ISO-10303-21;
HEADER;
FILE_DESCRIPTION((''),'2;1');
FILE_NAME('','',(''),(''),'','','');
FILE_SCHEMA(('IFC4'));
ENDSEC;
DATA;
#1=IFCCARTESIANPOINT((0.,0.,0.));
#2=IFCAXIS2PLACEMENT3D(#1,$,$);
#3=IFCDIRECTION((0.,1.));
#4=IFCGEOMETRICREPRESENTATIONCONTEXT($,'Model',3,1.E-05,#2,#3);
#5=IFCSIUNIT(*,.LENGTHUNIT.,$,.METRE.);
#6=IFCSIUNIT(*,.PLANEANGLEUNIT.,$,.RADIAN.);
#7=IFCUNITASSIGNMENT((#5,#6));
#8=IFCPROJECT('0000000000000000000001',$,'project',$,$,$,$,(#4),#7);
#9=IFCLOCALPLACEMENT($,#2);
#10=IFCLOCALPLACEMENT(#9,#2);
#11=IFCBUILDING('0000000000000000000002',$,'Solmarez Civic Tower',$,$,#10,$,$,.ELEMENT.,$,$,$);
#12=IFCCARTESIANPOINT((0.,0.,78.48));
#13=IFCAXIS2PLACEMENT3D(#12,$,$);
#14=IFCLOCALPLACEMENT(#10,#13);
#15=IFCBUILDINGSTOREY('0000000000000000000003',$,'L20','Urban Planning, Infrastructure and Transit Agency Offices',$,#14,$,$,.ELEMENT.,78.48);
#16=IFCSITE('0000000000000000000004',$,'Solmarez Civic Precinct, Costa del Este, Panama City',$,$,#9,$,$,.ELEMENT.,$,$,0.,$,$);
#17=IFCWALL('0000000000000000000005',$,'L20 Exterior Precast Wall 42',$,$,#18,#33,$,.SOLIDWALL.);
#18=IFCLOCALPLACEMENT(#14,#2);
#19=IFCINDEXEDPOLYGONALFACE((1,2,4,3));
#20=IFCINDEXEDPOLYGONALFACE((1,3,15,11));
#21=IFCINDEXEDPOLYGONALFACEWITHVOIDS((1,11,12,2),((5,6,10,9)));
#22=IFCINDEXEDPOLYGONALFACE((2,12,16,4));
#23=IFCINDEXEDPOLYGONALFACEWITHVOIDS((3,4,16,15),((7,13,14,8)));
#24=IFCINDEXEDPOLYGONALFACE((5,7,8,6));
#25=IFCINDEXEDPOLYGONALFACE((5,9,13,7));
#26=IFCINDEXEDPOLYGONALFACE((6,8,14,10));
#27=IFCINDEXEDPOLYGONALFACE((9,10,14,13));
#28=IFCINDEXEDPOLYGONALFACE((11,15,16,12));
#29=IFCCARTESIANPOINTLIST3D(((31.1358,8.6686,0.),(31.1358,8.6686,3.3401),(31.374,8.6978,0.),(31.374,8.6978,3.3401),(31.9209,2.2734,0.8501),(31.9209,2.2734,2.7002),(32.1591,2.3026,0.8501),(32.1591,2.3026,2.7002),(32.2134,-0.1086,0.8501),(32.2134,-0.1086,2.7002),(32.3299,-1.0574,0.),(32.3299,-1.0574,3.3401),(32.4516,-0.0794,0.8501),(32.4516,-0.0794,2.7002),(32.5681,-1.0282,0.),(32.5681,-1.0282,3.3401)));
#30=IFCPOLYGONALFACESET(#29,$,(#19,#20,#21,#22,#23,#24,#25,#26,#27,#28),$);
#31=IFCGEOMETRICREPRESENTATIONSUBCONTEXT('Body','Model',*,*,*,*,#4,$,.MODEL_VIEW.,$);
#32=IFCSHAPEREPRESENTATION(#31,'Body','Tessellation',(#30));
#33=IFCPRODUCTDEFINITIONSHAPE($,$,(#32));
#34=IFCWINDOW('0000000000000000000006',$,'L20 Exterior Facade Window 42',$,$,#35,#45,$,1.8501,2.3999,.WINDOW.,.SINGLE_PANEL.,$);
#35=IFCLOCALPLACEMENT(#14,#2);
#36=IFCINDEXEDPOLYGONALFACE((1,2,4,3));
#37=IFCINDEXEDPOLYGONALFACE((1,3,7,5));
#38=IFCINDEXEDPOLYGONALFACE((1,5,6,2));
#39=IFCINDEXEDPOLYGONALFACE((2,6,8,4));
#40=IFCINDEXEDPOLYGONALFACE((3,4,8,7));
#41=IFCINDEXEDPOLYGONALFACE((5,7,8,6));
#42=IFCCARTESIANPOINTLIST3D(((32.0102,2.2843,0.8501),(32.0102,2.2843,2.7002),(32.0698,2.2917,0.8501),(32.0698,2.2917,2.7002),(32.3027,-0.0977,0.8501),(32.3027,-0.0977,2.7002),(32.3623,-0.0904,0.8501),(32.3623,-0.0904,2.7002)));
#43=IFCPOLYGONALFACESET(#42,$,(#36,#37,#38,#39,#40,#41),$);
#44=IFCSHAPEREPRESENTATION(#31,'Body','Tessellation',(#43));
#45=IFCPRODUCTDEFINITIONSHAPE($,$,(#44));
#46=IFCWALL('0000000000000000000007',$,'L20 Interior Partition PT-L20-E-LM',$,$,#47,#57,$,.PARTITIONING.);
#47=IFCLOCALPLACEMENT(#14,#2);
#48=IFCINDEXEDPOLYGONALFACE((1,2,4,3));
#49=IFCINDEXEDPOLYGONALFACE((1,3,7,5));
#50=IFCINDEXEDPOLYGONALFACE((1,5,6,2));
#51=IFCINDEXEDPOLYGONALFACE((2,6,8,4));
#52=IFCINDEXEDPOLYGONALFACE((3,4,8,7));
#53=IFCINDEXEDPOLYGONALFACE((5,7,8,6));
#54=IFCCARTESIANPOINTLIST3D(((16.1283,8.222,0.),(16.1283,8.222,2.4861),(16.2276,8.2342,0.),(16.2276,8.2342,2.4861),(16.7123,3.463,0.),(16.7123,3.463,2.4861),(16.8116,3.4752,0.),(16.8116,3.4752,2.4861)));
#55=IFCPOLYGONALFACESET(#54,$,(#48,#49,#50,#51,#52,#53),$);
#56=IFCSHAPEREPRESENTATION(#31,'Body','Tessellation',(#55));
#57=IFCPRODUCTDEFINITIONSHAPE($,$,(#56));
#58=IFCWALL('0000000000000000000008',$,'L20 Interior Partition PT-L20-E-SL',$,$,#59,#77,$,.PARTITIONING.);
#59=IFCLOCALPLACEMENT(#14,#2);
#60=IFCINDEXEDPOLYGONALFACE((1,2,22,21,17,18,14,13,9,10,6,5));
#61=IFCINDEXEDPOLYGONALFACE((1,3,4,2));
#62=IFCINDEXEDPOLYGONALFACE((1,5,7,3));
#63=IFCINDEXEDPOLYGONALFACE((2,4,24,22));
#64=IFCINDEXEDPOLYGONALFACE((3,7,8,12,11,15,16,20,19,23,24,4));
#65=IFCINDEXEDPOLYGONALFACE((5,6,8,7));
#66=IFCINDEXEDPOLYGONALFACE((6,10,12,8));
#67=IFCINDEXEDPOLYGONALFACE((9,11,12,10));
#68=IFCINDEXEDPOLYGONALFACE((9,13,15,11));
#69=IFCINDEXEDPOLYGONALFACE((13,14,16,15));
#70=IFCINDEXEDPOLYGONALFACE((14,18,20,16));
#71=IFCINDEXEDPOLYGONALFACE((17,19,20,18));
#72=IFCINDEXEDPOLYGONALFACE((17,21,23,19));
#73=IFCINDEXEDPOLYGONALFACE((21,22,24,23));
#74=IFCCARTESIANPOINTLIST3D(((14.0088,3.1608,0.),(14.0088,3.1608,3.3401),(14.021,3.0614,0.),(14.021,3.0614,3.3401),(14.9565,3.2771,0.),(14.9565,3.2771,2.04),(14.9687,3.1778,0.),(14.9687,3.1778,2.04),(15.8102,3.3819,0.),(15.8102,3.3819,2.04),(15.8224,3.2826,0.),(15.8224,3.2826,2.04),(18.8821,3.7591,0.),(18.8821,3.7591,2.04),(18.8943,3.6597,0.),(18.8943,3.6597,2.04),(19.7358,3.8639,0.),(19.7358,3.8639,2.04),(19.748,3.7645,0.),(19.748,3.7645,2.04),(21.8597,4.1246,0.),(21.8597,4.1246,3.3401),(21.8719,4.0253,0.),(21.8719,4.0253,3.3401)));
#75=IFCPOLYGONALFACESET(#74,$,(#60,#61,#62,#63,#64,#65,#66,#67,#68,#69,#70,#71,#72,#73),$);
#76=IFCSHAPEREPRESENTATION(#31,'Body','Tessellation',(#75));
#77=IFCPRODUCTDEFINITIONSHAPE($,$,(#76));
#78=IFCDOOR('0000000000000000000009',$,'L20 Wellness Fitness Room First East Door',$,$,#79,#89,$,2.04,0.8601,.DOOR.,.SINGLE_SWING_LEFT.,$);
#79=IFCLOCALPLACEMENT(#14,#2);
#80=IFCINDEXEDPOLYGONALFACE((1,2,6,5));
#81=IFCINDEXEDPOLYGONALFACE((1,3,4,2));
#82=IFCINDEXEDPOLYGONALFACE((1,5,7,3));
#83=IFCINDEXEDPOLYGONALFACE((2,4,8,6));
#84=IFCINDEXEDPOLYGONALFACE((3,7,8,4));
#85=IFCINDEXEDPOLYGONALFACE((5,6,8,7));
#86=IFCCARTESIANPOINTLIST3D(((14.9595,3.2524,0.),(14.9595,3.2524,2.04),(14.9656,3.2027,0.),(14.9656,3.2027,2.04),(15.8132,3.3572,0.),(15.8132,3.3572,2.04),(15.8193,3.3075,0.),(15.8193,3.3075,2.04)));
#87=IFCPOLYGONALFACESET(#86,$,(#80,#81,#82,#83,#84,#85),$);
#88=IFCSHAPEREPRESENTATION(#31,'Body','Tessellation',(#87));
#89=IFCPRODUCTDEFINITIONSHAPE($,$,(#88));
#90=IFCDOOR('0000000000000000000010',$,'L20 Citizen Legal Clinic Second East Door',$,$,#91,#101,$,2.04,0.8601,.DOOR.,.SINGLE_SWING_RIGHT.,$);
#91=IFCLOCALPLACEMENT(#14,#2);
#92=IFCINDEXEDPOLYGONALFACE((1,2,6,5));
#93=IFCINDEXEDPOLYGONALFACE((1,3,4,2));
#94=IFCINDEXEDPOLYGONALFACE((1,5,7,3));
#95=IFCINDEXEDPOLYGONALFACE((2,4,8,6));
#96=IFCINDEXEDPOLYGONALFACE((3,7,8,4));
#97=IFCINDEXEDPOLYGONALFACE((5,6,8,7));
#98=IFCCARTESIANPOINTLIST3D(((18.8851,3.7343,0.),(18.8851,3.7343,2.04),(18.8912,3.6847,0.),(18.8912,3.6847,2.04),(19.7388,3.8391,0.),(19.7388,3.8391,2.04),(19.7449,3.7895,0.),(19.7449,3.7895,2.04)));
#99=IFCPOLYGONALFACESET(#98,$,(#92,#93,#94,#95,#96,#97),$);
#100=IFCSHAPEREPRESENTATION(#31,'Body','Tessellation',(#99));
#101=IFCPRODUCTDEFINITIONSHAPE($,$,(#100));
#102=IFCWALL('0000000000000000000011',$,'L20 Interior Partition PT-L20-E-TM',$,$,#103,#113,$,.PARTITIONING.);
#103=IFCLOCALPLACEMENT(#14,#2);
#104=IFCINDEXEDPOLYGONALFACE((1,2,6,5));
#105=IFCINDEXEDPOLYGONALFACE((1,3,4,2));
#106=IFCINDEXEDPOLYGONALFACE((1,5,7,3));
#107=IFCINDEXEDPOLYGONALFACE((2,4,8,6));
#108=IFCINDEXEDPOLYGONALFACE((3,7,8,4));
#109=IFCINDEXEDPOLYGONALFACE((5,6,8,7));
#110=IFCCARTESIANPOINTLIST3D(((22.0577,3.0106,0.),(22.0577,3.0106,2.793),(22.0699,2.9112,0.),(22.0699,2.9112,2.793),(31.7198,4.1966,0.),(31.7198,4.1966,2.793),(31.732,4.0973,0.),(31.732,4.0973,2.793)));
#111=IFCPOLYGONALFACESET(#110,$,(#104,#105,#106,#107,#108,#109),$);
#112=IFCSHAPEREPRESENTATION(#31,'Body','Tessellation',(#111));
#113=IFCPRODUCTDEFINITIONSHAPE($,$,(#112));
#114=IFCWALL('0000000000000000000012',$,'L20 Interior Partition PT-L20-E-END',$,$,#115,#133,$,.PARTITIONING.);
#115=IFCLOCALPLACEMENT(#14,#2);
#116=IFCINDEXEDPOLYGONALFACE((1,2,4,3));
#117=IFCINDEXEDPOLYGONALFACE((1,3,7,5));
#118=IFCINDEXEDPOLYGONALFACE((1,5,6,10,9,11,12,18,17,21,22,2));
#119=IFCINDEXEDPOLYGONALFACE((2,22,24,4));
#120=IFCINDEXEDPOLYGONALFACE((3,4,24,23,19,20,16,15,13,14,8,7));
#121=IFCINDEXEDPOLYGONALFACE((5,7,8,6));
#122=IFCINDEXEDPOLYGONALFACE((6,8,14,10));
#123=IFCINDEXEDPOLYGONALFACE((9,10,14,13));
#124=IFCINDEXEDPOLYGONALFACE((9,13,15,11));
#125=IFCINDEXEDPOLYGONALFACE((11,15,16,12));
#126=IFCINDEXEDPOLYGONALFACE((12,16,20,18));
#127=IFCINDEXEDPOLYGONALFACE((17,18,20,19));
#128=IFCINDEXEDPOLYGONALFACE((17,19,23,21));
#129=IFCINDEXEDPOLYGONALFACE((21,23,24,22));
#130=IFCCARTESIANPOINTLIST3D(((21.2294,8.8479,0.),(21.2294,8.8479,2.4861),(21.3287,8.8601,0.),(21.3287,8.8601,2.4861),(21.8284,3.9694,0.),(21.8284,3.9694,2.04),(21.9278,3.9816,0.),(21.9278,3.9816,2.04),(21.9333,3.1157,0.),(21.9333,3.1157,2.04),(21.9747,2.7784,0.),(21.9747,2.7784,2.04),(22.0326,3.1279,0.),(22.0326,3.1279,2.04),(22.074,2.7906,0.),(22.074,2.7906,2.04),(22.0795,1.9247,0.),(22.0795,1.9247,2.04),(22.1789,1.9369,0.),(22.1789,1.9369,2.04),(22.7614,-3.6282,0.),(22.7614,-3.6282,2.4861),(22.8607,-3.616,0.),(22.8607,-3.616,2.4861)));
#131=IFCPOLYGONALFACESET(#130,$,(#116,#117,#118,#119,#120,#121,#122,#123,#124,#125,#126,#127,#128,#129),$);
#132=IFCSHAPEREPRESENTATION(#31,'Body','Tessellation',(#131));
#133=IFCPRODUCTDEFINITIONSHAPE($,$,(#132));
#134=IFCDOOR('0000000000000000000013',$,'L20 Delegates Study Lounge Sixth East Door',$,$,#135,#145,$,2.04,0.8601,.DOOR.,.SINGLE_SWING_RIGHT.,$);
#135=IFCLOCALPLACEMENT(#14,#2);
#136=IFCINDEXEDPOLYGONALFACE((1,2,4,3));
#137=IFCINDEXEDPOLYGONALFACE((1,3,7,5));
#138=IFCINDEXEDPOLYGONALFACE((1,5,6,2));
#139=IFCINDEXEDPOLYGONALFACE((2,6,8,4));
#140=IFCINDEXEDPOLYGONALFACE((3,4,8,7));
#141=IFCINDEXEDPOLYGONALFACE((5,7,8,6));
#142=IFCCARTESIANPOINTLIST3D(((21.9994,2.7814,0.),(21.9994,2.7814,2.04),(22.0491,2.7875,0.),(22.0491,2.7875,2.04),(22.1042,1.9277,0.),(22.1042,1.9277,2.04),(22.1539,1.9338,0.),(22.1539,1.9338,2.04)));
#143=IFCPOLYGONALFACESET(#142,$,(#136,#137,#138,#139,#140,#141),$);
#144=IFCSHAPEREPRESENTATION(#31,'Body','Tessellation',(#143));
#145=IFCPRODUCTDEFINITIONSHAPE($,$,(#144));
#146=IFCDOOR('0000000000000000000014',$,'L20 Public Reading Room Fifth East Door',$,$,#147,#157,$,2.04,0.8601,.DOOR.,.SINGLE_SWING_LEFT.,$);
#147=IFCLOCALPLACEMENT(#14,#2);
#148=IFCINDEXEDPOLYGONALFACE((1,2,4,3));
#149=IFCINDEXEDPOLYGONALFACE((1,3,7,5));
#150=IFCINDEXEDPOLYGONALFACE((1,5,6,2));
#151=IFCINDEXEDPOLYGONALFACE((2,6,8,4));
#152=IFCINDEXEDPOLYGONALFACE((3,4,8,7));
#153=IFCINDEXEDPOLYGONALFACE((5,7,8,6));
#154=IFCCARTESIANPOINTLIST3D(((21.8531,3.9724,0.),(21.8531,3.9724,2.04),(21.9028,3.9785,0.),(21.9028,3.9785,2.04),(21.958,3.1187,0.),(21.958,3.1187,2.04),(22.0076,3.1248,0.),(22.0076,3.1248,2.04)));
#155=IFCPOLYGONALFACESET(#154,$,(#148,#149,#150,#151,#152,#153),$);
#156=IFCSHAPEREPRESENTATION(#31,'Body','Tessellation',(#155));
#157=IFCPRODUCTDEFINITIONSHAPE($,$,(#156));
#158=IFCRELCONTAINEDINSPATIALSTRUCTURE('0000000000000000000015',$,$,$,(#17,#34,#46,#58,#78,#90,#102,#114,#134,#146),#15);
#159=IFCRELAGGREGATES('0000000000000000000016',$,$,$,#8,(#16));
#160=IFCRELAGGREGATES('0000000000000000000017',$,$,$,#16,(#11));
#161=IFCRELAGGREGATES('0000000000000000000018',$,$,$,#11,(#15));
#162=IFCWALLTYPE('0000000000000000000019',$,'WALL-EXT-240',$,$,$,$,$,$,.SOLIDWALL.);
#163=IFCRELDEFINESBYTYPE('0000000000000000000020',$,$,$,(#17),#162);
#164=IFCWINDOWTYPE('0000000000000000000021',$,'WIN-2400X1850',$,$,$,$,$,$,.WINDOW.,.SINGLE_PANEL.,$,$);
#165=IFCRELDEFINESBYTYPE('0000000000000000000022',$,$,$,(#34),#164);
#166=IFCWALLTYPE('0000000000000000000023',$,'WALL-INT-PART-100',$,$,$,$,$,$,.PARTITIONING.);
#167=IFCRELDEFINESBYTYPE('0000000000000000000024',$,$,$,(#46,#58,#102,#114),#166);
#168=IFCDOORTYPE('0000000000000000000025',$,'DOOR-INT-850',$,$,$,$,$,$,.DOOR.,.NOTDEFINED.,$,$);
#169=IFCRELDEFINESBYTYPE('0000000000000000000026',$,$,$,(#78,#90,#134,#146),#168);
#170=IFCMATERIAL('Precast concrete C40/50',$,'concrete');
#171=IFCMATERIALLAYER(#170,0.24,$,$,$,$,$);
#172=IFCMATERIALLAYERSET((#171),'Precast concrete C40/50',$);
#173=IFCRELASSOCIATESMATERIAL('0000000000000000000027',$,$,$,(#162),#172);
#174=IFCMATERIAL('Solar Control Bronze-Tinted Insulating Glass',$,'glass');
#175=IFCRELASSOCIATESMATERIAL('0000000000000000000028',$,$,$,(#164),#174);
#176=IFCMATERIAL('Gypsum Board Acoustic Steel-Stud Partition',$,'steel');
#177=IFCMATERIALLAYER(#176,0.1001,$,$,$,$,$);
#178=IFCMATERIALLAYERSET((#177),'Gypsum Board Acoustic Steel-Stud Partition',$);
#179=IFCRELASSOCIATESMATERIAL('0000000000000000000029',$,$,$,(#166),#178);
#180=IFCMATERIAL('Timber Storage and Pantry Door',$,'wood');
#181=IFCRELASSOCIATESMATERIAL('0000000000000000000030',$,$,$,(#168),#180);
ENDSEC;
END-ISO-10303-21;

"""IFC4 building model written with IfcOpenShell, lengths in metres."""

from ifc_helpers import new_model, si_unit, direction, frame, frame_2d, origin, place, context, subcontext, project, spatial, rectangle, extrude, material, layer, layer_set, type_object, element, fill, save


model = new_model("IFC4")

# Units and contexts
model_context = context("Model", 3, precision=1e-05, world=origin(), true_north=direction((0.0, 1.0)))
body_context = subcontext(model_context, "Body", "Model", "MODEL_VIEW")
ifc_project = project(units=[si_unit("LENGTHUNIT", "METRE"), si_unit("PLANEANGLEUNIT", "RADIAN")], contexts=[model_context])

# Site, building, storey
site_placement = place(None, origin())
site = spatial("IfcSite", under=ifc_project, at=site_placement, Name="Solmarez Civic Precinct, Costa del Este, Panama City", CompositionType="ELEMENT", RefElevation=0.0)
building_placement = place(site_placement, origin())
building = spatial("IfcBuilding", under=site, at=building_placement, Name="Solmarez Civic Tower", CompositionType="ELEMENT")
storey_placement = place(building_placement, frame((0.0, 0.0, 78.48)))
storey = spatial("IfcBuildingStorey", under=building, at=storey_placement, Name="L20", Description="Urban Planning, Infrastructure and Transit Agency Offices", CompositionType="ELEMENT", Elevation=78.48)

# Shared definitions
ifc_material_1 = material(Name="Precast concrete C40/50", Category="concrete")
ifc_layer_1 = layer(ifc_material_1, 0.24)
ifc_layer_set_1 = layer_set([ifc_layer_1], Name="Precast concrete C40/50")
wall_type_1 = type_object("IfcWallType", Name="WALL-EXT-240", PredefinedType="SOLIDWALL", material=ifc_layer_set_1)

# Wall, opening, window
wall_1_placement = place(storey_placement, frame((31.2549, 8.6831, 0.0), z_axis=(0.0, 0.0, 1.0), x_axis=(0.121857, -0.992548, 0.0)))
wall_1 = element("IfcWall", 1, at=wall_1_placement, inside=storey, type_object=wall_type_1, Name="L20 Exterior Precast Wall 42", PredefinedType="SOLIDWALL", context=body_context, shape_type="SweptSolid", body=[
    extrude(rectangle(XDim=9.7991, YDim=0.24, at=frame_2d((4.8994, 0.0))), origin(), (0.0, 0.0, 1.0), 3.3401),
])
opening_1_placement = place(wall_1_placement, frame((6.4431, 0.0, 0.8501)))
opening_1 = element("IfcOpeningElement", 2, at=opening_1_placement, cuts=wall_1, PredefinedType="OPENING", context=body_context, shape_type="SweptSolid", body=[
    extrude(rectangle(XDim=2.3999, YDim=1.8501, at=frame_2d((1.2, 0.925))), frame((0.0, 0.1299, 0.0), z_axis=(0.0, -1.0, 0.0), x_axis=(1.0, 0.0, 0.0)), (0.0, 0.0, 1.0), 0.26),
])
ifc_material_2 = material(Name="Solar Control Bronze-Tinted Insulating Glass", Category="glass")
window_type = type_object("IfcWindowType", Name="WIN-2400X1850", PartitioningType="SINGLE_PANEL", PredefinedType="WINDOW", material=ifc_material_2)
window_placement = place(opening_1_placement, origin())
window = element("IfcWindow", 3, at=window_placement, inside=storey, type_object=window_type, Name="L20 Exterior Facade Window 42", OverallHeight=1.8501, OverallWidth=2.3999, PartitioningType="SINGLE_PANEL", PredefinedType="WINDOW", context=body_context, shape_type="SweptSolid", body=[
    extrude(rectangle(XDim=2.3999, YDim=1.8501, at=frame_2d((1.2, 0.925))), frame((0.0, 0.03, 0.0), z_axis=(0.0, -1.0, 0.0), x_axis=(1.0, 0.0, 0.0)), (0.0, 0.0, 1.0), 0.0601),
])
fill(opening_1, window)

# Wall
ifc_material_3 = material(Name="Gypsum Board Acoustic Steel-Stud Partition", Category="steel")
ifc_layer_2 = layer(ifc_material_3, 0.1001)
ifc_layer_set_2 = layer_set([ifc_layer_2], Name="Gypsum Board Acoustic Steel-Stud Partition")
wall_type_2 = type_object("IfcWallType", Name="WALL-INT-PART-100", PredefinedType="PARTITIONING", material=ifc_layer_set_2)
wall_2_placement = place(storey_placement, frame((16.762, 3.469, 0.0), z_axis=(0.0, 0.0, 1.0), x_axis=(-0.121797, 0.992555, 0.0)))
element("IfcWall", 4, at=wall_2_placement, inside=storey, type_object=wall_type_2, Name="L20 Interior Partition PT-L20-E-LM", PredefinedType="PARTITIONING", context=body_context, shape_type="SweptSolid", body=[
    extrude(rectangle(XDim=4.7947, YDim=0.1001, at=frame_2d((2.3975, 0.0))), origin(), (0.0, 0.0, 1.0), 2.4861),
])

# Wall, openings, doors
wall_3_placement = place(storey_placement, frame((21.866, 4.075, 0.0), z_axis=(0.0, 0.0, 1.0), x_axis=(-0.992548, -0.121854, 0.0)))
wall_3 = element("IfcWall", 5, at=wall_3_placement, inside=storey, type_object=wall_type_2, Name="L20 Interior Partition PT-L20-E-SL", PredefinedType="PARTITIONING", context=body_context, shape_type="SweptSolid", body=[
    extrude(rectangle(XDim=7.9099, YDim=0.1001, at=frame_2d((3.9551, 0.0))), origin(), (0.0, 0.0, 1.0), 3.3401),
])
opening_2_placement = place(wall_3_placement, frame((6.095, 0.0, 0.0)))
opening_2 = element("IfcOpeningElement", 6, at=opening_2_placement, cuts=wall_3, PredefinedType="OPENING", context=body_context, shape_type="SweptSolid", body=[
    extrude(rectangle(XDim=0.8601, YDim=2.04, at=frame_2d((0.4302, 1.02))), frame((0.0, 0.0601, 0.0), z_axis=(0.0, -1.0, 0.0), x_axis=(1.0, 0.0, 0.0)), (0.0, 0.0, 1.0), 0.1201),
])
opening_3_placement = place(wall_3_placement, frame((2.1399, 0.0, 0.0)))
opening_3 = element("IfcOpeningElement", 7, at=opening_3_placement, cuts=wall_3, PredefinedType="OPENING", context=body_context, shape_type="SweptSolid", body=[
    extrude(rectangle(XDim=0.8601, YDim=2.04, at=frame_2d((0.4302, 1.02))), frame((0.0, 0.0601, 0.0), z_axis=(0.0, -1.0, 0.0), x_axis=(1.0, 0.0, 0.0)), (0.0, 0.0, 1.0), 0.1201),
])
ifc_material_4 = material(Name="Timber Storage and Pantry Door", Category="wood")
door_type = type_object("IfcDoorType", Name="DOOR-INT-850", OperationType="NOTDEFINED", PredefinedType="DOOR", material=ifc_material_4)
door_1_placement = place(opening_2_placement, origin())
door_1 = element("IfcDoor", 8, at=door_1_placement, inside=storey, type_object=door_type, Name="L20 Wellness Fitness Room First East Door", OperationType="SINGLE_SWING_LEFT", OverallHeight=2.04, OverallWidth=0.8601, PredefinedType="DOOR", context=body_context, shape_type="SweptSolid", body=[
    extrude(rectangle(XDim=0.8601, YDim=2.04, at=frame_2d((0.4302, 1.02))), frame((0.0, 0.0249, 0.0), z_axis=(0.0, -1.0, 0.0), x_axis=(1.0, 0.0, 0.0)), (0.0, 0.0, 1.0), 0.05),
])
fill(opening_2, door_1)
door_2_placement = place(opening_3_placement, origin())
door_2 = element("IfcDoor", 9, at=door_2_placement, inside=storey, type_object=door_type, Name="L20 Citizen Legal Clinic Second East Door", OperationType="SINGLE_SWING_RIGHT", OverallHeight=2.04, OverallWidth=0.8601, PredefinedType="DOOR", context=body_context, shape_type="SweptSolid", body=[
    extrude(rectangle(XDim=0.8601, YDim=2.04, at=frame_2d((0.4302, 1.02))), frame((0.0, 0.0249, 0.0), z_axis=(0.0, -1.0, 0.0), x_axis=(1.0, 0.0, 0.0)), (0.0, 0.0, 1.0), 0.05),
])
fill(opening_3, door_2)

# Wall
wall_4_placement = place(storey_placement, frame((22.064, 2.9609, 0.0), z_axis=(0.0, 0.0, 1.0), x_axis=(0.99255, 0.121837, 0.0)))
element("IfcWall", 10, at=wall_4_placement, inside=storey, type_object=wall_type_2, Name="L20 Interior Partition PT-L20-E-TM", PredefinedType="PARTITIONING", context=body_context, shape_type="SweptSolid", body=[
    extrude(rectangle(XDim=9.7346, YDim=0.1001, at=frame_2d((4.8672, 0.0))), origin(), (0.0, 0.0, 1.0), 2.793),
])

# Wall, openings, doors
wall_5_placement = place(storey_placement, frame((21.2791, 8.854, 0.0), z_axis=(0.0, 0.0, 1.0), x_axis=(0.121878, -0.992545, 0.0)))
wall_5 = element("IfcWall", 11, at=wall_5_placement, inside=storey, type_object=wall_type_2, Name="L20 Interior Partition PT-L20-E-END", PredefinedType="PARTITIONING", context=body_context, shape_type="SweptSolid", body=[
    extrude(rectangle(XDim=12.5698, YDim=0.1001, at=frame_2d((6.2849, 0.0))), origin(), (0.0, 0.0, 1.0), 2.4861),
])
opening_4_placement = place(wall_5_placement, frame((6.115, 0.0, 0.0)))
opening_4 = element("IfcOpeningElement", 12, at=opening_4_placement, cuts=wall_5, PredefinedType="OPENING", context=body_context, shape_type="SweptSolid", body=[
    extrude(rectangle(XDim=0.8601, YDim=2.04, at=frame_2d((0.4302, 1.02))), frame((0.0, 0.0601, 0.0), z_axis=(0.0, -1.0, 0.0), x_axis=(1.0, 0.0, 0.0)), (0.0, 0.0, 1.0), 0.1201),
])
opening_5_placement = place(wall_5_placement, frame((4.915, 0.0, 0.0)))
opening_5 = element("IfcOpeningElement", 13, at=opening_5_placement, cuts=wall_5, PredefinedType="OPENING", context=body_context, shape_type="SweptSolid", body=[
    extrude(rectangle(XDim=0.8601, YDim=2.04, at=frame_2d((0.4302, 1.02))), frame((0.0, 0.0601, 0.0), z_axis=(0.0, -1.0, 0.0), x_axis=(1.0, 0.0, 0.0)), (0.0, 0.0, 1.0), 0.1201),
])
door_3_placement = place(opening_4_placement, origin())
door_3 = element("IfcDoor", 14, at=door_3_placement, inside=storey, type_object=door_type, Name="L20 Delegates Study Lounge Sixth East Door", OperationType="SINGLE_SWING_RIGHT", OverallHeight=2.04, OverallWidth=0.8601, PredefinedType="DOOR", context=body_context, shape_type="SweptSolid", body=[
    extrude(rectangle(XDim=0.8601, YDim=2.04, at=frame_2d((0.4302, 1.02))), frame((0.0, 0.0249, 0.0), z_axis=(0.0, -1.0, 0.0), x_axis=(1.0, 0.0, 0.0)), (0.0, 0.0, 1.0), 0.05),
])
fill(opening_4, door_3)
door_4_placement = place(opening_5_placement, origin())
door_4 = element("IfcDoor", 15, at=door_4_placement, inside=storey, type_object=door_type, Name="L20 Public Reading Room Fifth East Door", OperationType="SINGLE_SWING_LEFT", OverallHeight=2.04, OverallWidth=0.8601, PredefinedType="DOOR", context=body_context, shape_type="SweptSolid", body=[
    extrude(rectangle(XDim=0.8601, YDim=2.04, at=frame_2d((0.4302, 1.02))), frame((0.0, 0.0249, 0.0), z_axis=(0.0, -1.0, 0.0), x_axis=(1.0, 0.0, 0.0)), (0.0, 0.0, 1.0), 0.05),
])
fill(opening_5, door_4)

save(model, "model.ifc")
